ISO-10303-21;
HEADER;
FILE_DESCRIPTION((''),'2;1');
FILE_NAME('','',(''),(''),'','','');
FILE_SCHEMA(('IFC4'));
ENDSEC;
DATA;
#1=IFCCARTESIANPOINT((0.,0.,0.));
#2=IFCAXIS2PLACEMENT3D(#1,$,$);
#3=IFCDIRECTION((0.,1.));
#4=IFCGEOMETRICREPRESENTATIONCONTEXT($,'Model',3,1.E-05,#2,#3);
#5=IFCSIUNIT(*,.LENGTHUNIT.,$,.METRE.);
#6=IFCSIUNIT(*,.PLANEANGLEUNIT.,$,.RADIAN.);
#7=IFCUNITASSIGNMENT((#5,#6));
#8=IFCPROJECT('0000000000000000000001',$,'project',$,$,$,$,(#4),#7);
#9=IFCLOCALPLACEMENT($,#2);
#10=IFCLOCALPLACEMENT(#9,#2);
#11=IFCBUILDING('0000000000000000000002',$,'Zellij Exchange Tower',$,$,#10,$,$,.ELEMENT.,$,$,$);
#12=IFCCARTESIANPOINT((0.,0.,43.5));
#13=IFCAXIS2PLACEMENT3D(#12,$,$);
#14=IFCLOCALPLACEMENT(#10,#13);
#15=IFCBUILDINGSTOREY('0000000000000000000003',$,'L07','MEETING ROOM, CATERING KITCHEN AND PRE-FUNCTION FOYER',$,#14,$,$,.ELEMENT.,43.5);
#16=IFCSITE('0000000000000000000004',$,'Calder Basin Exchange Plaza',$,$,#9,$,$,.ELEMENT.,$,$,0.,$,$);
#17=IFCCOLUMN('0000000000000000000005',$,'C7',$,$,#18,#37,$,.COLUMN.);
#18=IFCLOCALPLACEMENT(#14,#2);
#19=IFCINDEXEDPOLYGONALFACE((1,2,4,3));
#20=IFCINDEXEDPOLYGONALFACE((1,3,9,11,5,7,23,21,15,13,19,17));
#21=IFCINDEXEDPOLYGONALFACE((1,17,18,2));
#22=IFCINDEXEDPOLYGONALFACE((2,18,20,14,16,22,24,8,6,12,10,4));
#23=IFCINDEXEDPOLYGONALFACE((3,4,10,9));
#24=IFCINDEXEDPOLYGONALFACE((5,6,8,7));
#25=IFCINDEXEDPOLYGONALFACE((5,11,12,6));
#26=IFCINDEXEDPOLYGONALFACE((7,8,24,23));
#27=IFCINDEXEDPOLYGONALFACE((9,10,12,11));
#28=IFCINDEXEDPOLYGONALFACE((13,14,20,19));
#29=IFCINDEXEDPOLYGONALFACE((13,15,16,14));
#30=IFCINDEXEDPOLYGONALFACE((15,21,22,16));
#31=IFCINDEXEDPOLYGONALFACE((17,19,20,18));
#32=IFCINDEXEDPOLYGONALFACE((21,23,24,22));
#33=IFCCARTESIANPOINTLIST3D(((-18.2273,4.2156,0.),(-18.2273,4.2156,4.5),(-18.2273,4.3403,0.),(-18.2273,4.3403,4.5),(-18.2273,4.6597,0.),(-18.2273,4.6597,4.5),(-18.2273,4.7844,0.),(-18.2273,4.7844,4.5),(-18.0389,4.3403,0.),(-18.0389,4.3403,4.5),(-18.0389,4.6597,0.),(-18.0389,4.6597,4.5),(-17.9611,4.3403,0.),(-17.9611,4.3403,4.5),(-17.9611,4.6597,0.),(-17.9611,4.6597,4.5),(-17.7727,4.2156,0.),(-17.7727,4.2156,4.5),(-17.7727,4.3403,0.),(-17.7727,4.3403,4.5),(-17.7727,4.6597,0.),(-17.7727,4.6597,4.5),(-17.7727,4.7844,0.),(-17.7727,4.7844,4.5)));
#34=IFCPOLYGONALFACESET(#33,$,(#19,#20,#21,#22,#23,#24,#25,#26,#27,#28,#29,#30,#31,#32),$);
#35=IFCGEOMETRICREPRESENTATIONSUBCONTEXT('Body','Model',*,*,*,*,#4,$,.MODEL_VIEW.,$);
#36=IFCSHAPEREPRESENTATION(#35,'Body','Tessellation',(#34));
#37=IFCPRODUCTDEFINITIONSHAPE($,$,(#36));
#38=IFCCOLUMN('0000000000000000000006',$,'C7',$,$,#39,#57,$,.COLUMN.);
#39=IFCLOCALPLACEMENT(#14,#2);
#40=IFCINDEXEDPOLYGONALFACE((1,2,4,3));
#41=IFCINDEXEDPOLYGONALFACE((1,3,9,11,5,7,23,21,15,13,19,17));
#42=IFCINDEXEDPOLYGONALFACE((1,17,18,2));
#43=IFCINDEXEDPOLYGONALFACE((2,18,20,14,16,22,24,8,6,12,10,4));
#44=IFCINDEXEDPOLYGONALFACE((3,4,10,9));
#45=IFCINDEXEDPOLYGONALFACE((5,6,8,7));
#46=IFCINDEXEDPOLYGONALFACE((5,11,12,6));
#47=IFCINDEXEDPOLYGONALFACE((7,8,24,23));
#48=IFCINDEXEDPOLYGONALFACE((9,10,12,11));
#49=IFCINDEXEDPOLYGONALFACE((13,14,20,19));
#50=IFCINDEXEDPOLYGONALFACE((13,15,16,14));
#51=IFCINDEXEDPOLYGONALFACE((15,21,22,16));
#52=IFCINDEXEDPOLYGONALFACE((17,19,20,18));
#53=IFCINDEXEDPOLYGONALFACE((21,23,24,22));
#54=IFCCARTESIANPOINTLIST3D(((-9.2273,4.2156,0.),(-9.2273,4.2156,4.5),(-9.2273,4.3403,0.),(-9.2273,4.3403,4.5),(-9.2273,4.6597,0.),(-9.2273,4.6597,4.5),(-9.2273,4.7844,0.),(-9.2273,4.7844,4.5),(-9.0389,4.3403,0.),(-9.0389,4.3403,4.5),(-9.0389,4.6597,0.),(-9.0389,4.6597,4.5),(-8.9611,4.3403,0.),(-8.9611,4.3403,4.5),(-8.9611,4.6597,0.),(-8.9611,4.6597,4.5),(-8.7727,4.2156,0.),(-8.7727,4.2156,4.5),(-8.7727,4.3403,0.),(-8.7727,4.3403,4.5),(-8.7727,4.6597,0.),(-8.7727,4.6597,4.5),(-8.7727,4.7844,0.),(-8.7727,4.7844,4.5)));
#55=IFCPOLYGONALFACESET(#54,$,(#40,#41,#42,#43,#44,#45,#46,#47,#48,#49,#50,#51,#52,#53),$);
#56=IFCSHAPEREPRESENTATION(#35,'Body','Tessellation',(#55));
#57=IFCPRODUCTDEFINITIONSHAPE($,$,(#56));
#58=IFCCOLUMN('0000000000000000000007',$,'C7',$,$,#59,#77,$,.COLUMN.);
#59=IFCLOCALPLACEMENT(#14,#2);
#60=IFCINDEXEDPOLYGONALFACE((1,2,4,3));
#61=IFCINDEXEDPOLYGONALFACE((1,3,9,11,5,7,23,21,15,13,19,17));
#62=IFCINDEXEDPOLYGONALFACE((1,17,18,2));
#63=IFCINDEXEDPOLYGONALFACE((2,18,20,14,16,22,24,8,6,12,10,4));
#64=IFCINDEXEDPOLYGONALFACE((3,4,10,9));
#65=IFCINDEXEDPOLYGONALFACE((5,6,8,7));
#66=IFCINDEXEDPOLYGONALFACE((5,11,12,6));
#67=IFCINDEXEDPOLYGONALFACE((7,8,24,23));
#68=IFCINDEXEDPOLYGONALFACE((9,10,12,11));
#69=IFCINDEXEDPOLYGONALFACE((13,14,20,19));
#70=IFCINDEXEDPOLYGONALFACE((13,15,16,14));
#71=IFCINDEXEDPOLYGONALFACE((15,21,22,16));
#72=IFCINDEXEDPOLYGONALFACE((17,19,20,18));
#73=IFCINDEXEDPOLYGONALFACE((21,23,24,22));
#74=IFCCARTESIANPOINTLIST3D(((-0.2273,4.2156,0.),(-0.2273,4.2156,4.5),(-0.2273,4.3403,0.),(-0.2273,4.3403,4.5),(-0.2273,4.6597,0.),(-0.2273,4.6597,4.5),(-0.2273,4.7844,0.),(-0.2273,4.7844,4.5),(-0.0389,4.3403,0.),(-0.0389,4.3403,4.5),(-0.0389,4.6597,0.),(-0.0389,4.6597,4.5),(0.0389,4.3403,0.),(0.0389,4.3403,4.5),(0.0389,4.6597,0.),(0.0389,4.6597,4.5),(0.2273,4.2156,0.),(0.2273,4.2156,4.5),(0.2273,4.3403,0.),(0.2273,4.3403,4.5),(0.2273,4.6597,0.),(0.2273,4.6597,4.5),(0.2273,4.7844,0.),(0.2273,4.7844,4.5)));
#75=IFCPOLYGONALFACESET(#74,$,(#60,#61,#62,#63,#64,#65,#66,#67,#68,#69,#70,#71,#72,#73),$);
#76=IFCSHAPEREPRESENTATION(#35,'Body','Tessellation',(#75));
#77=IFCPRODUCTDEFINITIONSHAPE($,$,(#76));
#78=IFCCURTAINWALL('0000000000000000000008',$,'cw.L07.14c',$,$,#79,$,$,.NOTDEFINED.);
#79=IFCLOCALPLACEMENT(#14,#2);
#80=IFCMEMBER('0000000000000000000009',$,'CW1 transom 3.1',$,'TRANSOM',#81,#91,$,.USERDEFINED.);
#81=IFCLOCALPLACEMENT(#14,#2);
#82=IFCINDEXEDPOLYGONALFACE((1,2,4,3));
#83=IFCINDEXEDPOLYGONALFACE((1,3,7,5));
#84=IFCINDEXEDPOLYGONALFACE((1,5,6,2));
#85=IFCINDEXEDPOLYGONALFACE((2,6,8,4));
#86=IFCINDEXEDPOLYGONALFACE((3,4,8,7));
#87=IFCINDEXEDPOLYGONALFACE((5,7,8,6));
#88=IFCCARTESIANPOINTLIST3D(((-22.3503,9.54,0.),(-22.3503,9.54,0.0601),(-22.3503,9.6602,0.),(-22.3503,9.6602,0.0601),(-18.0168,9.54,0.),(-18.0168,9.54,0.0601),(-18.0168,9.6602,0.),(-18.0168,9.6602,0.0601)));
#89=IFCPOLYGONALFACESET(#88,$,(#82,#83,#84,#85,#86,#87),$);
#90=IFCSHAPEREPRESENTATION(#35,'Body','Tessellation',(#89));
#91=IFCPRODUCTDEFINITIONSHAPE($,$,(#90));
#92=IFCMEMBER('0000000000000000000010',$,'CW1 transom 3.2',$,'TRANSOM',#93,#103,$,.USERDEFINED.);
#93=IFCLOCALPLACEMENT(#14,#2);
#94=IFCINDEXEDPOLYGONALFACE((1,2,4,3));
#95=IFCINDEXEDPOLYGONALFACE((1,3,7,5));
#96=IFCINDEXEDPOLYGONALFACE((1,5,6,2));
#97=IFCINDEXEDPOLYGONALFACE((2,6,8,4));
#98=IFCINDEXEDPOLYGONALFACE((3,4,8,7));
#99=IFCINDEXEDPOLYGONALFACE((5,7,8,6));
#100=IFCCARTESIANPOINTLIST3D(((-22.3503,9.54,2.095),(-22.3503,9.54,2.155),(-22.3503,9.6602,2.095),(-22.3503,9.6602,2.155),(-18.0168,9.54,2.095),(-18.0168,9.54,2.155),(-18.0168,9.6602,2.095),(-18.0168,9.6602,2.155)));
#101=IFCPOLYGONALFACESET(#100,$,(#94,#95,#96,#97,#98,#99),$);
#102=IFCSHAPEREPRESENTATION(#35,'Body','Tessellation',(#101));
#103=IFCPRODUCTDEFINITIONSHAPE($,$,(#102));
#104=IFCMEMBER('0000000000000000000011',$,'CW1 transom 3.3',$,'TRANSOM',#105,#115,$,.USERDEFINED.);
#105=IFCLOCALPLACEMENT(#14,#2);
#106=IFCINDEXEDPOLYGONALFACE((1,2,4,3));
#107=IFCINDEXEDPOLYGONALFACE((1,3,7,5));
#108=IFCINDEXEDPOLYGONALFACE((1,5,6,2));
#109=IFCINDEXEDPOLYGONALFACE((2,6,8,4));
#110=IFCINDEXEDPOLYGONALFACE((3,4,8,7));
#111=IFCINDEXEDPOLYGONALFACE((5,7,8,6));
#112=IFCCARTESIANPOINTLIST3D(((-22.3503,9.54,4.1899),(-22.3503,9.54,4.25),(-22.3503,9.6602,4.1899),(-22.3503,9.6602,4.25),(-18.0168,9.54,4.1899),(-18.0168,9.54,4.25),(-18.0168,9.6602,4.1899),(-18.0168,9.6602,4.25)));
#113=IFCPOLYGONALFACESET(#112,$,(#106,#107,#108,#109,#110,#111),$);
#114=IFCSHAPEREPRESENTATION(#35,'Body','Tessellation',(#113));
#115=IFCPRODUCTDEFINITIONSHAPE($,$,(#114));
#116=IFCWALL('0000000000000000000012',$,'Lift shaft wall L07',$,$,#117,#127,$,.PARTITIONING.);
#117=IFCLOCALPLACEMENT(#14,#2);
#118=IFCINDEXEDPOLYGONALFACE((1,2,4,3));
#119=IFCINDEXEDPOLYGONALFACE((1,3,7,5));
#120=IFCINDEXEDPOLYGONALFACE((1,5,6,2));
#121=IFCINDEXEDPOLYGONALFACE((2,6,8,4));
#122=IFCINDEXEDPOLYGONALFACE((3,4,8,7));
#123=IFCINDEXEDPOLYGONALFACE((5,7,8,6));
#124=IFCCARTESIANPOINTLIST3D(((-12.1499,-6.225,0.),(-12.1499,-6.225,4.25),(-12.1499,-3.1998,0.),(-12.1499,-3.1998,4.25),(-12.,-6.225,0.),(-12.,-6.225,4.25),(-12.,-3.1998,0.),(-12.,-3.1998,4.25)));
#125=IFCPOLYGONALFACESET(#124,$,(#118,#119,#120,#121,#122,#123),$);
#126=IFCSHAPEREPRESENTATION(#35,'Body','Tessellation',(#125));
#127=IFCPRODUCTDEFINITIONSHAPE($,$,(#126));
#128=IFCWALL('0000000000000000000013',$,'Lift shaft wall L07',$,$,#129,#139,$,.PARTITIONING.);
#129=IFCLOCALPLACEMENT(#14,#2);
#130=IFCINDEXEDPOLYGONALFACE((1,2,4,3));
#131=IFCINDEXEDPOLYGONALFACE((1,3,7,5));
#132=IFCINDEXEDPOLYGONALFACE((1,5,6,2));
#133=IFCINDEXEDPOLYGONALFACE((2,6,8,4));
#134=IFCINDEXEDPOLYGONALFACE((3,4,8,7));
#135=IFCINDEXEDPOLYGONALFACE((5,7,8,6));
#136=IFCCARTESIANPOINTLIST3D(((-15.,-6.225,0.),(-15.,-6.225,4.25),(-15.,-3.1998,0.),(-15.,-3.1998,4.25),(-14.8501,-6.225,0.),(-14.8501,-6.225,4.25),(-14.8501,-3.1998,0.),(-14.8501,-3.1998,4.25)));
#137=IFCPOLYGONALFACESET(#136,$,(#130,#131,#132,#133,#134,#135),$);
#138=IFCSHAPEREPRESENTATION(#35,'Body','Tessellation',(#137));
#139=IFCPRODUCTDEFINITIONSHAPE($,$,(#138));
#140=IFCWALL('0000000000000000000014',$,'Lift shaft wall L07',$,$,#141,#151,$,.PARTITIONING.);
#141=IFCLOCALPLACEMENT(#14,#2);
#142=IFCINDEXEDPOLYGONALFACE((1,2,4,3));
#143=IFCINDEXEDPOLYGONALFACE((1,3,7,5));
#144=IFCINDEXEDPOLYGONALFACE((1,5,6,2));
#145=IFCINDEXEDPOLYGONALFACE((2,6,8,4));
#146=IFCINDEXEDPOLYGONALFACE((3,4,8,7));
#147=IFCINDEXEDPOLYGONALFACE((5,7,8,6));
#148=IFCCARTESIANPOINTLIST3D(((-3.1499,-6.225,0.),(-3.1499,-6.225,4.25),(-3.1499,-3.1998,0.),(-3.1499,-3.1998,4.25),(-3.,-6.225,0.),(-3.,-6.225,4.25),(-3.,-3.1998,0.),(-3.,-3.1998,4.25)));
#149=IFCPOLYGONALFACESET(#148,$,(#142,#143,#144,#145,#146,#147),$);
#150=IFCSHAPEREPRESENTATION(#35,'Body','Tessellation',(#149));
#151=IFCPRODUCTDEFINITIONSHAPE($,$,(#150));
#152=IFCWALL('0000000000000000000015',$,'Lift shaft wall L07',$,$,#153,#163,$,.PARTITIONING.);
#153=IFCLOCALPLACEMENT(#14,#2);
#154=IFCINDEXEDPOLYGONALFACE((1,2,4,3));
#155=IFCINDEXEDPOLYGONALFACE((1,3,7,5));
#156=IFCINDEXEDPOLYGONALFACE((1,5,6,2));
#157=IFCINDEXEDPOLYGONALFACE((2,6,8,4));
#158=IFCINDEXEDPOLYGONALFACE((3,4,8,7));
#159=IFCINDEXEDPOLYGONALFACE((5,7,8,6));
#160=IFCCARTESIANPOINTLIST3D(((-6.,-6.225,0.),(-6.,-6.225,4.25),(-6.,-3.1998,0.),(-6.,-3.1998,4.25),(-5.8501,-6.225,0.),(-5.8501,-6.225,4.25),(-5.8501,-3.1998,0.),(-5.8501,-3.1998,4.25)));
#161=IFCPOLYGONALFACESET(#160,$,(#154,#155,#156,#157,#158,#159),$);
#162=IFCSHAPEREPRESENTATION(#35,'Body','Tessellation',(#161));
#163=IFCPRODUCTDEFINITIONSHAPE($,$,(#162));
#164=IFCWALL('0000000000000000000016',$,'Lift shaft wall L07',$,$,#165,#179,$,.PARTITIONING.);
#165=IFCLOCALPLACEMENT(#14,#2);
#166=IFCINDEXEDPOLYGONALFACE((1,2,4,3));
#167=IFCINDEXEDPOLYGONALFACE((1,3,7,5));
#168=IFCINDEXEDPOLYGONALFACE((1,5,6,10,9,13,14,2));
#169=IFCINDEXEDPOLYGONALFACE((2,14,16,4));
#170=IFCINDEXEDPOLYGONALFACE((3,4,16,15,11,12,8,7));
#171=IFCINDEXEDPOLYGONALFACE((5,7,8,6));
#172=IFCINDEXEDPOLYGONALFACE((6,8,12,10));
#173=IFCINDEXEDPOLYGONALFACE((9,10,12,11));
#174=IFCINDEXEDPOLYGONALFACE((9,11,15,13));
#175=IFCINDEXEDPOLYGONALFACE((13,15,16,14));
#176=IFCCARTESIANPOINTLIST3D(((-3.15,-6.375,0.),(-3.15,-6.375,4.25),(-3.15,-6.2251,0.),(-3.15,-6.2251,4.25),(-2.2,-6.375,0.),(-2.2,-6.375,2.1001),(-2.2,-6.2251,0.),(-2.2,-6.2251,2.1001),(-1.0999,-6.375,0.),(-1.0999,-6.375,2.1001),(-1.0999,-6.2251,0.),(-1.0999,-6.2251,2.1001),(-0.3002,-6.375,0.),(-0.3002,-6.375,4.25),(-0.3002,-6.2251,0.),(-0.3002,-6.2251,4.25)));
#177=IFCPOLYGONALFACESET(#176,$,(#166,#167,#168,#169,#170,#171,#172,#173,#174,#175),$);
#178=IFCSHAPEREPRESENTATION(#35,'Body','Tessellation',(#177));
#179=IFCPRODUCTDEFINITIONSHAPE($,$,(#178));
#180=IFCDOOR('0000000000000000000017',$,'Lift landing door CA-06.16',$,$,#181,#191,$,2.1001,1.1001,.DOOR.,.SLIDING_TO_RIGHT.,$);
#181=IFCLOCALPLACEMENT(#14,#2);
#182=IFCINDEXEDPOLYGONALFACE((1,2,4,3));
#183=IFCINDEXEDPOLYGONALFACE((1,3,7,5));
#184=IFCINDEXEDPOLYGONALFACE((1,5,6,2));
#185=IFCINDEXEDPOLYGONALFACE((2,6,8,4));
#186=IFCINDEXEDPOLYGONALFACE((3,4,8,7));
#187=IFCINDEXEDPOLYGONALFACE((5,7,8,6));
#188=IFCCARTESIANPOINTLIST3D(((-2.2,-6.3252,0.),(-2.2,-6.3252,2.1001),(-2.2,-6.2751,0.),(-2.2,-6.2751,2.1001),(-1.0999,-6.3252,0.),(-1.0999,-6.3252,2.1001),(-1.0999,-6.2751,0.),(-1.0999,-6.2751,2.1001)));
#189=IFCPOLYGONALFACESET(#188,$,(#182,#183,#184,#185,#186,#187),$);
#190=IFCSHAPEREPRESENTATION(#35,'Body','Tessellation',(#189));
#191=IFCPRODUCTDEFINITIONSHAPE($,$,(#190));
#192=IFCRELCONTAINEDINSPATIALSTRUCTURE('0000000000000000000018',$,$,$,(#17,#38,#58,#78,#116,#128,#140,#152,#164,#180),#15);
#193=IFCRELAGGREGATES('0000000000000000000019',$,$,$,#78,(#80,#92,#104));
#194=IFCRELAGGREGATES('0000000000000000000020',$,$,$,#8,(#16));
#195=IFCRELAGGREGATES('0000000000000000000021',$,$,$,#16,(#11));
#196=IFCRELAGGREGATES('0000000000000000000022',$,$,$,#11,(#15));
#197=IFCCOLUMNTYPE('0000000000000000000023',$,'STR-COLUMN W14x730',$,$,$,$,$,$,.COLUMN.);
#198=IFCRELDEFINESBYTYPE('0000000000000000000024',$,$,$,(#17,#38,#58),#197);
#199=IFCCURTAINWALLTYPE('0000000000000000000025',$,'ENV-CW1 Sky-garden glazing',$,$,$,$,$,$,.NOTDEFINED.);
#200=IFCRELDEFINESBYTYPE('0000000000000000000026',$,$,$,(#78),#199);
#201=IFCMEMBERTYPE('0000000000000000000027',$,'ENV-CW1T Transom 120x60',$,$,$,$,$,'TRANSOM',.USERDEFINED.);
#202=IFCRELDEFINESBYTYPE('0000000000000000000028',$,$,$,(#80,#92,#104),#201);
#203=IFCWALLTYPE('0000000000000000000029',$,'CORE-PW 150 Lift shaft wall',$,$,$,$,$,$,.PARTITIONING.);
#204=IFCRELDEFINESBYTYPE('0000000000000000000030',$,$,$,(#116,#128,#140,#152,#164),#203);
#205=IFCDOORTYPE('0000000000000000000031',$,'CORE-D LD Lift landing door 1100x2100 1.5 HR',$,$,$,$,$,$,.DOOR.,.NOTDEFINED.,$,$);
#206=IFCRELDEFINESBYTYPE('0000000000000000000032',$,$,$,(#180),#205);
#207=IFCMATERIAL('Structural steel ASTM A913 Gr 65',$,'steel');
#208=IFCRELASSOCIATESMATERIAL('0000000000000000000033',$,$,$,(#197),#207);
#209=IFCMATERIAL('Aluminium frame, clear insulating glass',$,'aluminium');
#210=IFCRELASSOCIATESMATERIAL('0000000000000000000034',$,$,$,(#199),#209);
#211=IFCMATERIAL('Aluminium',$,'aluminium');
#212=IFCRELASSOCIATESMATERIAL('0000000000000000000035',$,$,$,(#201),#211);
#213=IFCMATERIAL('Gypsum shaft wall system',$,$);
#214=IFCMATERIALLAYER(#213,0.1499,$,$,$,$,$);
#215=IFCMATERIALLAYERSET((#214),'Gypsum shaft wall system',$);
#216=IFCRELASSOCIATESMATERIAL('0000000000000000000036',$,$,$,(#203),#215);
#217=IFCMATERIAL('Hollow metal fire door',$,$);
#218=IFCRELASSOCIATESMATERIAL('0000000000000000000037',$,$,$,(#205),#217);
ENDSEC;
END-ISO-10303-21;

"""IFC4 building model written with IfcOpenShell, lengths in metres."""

from ifc_helpers import new_model, si_unit, direction, frame, frame_2d, origin, origin_2d, place, context, subcontext, project, spatial, rectangle, i_section, extrude, material, layer, layer_set, material_profile, profile_set, type_object, element, fill, aggregate, save


model = new_model("IFC4")

# Units and contexts
model_context = context("Model", 3, precision=1e-05, world=origin(), true_north=direction((0.0, 1.0)))
body_context = subcontext(model_context, "Body", "Model", "MODEL_VIEW")
ifc_project = project(units=[si_unit("LENGTHUNIT", "METRE"), si_unit("PLANEANGLEUNIT", "RADIAN")], contexts=[model_context])

# Site, building, storey
site_placement = place(None, origin())
site = spatial("IfcSite", under=ifc_project, at=site_placement, Name="Calder Basin Exchange Plaza", CompositionType="ELEMENT", RefElevation=0.0)
building_placement = place(site_placement, origin())
building = spatial("IfcBuilding", under=site, at=building_placement, Name="Zellij Exchange Tower", CompositionType="ELEMENT")
storey_placement = place(building_placement, frame((0.0, 0.0, 43.5)))
storey = spatial("IfcBuildingStorey", under=building, at=storey_placement, Name="L07", Description="MEETING ROOM, CATERING KITCHEN AND PRE-FUNCTION FOYER", CompositionType="ELEMENT", Elevation=43.5)

# Columns
ifc_material_1 = material(Name="Structural steel ASTM A913 Gr 65", Category="steel")
ifc_material_profile_1 = material_profile(ifc_material_1, i_section(OverallWidth=0.4546, OverallDepth=0.5688, WebThickness=0.0779, FlangeThickness=0.1248, at=origin_2d()), Name="W14x730")
ifc_profile_set_1 = profile_set([ifc_material_profile_1], Name="Structural steel ASTM A913 Gr 65")
column_type = type_object("IfcColumnType", Name="STR-COLUMN W14x730", PredefinedType="COLUMN", material=ifc_profile_set_1)
for number, where, z_axis, x_axis, name in (
    (1, (-18.0, 4.5, 0.0), (0.0, 0.0, 1.0), (1.0, 0.0, 0.0), "C7"),
    (2, (-9.0, 4.5, 0.0), (0.0, 0.0, 1.0), (1.0, 0.0, 0.0), "C7"),
    (3, (0.0, 4.5, 0.0), (0.0, 0.0, 1.0), (1.0, 0.0, 0.0), "C7"),
):
    element("IfcColumn", number, at=place(storey_placement, frame(where, z_axis=z_axis, x_axis=x_axis)), inside=storey, type_object=column_type, Name=name, PredefinedType="COLUMN", context=body_context, shape_type="SweptSolid", body=[
        extrude(i_section(OverallWidth=0.4546, OverallDepth=0.5688, WebThickness=0.0779, FlangeThickness=0.1248, at=origin_2d()), origin(), (0.0, 0.0, 1.0), 4.5),
    ])

# Curtain wall, members
ifc_material_2 = material(Name="Aluminium frame, clear insulating glass", Category="aluminium")
curtain_wall_type = type_object("IfcCurtainWallType", Name="ENV-CW1 Sky-garden glazing", PredefinedType="NOTDEFINED", material=ifc_material_2)
curtain_wall_placement = place(storey_placement, origin())
curtain_wall = element("IfcCurtainWall", 4, at=curtain_wall_placement, inside=storey, type_object=curtain_wall_type, Name="cw.L07.14c", PredefinedType="NOTDEFINED")
ifc_material_3 = material(Name="Aluminium", Category="aluminium")
ifc_material_profile_2 = material_profile(ifc_material_3, rectangle(XDim=0.1201, YDim=0.0601, at=origin_2d()), Name="AL 120x60")
ifc_profile_set_2 = profile_set([ifc_material_profile_2], Name="Aluminium")
member_type = type_object("IfcMemberType", Name="ENV-CW1T Transom 120x60", ElementType="TRANSOM", PredefinedType="USERDEFINED", material=ifc_profile_set_2)
member_1_placement = place(storey_placement, frame((-18.0168, 9.6001, 0.03), z_axis=(-1.0, 0.0, 0.0), x_axis=(0.0, -1.0, 0.0)))
member_1 = element("IfcMember", 5, at=member_1_placement, type_object=member_type, Name="CW1 transom 3.1", ObjectType="TRANSOM", PredefinedType="USERDEFINED", context=body_context, shape_type="SweptSolid", body=[
    extrude(rectangle(XDim=0.1201, YDim=0.0601, at=origin_2d()), origin(), (0.0, 0.0, 1.0), 4.3335),
])
member_2_placement = place(storey_placement, frame((-18.0168, 9.6001, 2.125), z_axis=(-1.0, 0.0, 0.0), x_axis=(0.0, -1.0, 0.0)))
member_2 = element("IfcMember", 6, at=member_2_placement, type_object=member_type, Name="CW1 transom 3.2", ObjectType="TRANSOM", PredefinedType="USERDEFINED", context=body_context, shape_type="SweptSolid", body=[
    extrude(rectangle(XDim=0.1201, YDim=0.0601, at=origin_2d()), origin(), (0.0, 0.0, 1.0), 4.3335),
])
member_3_placement = place(storey_placement, frame((-18.0168, 9.6001, 4.22), z_axis=(-1.0, 0.0, 0.0), x_axis=(0.0, -1.0, 0.0)))
member_3 = element("IfcMember", 7, at=member_3_placement, type_object=member_type, Name="CW1 transom 3.3", ObjectType="TRANSOM", PredefinedType="USERDEFINED", context=body_context, shape_type="SweptSolid", body=[
    extrude(rectangle(XDim=0.1201, YDim=0.0601, at=origin_2d()), origin(), (0.0, 0.0, 1.0), 4.3335),
])
aggregate(curtain_wall, [member_1, member_2, member_3])

# Walls
ifc_material_4 = material(Name="Gypsum shaft wall system")
ifc_layer_1 = layer(ifc_material_4, 0.1499)
ifc_layer_set_1 = layer_set([ifc_layer_1], Name="Gypsum shaft wall system")
wall_type_1 = type_object("IfcWallType", Name="CORE-PW 150 Lift shaft wall", PredefinedType="PARTITIONING", material=ifc_layer_set_1)
for number, where, z_axis, x_axis, name in (
    (8, (-12.075, -6.2251, 0.0), (0.0, 0.0, 1.0), (0.0, 1.0, 0.0), "Lift shaft wall L07"),
    (9, (-14.925, -6.2251, 0.0), (0.0, 0.0, 1.0), (0.0, 1.0, 0.0), "Lift shaft wall L07"),
    (10, (-3.075, -6.2251, 0.0), (0.0, 0.0, 1.0), (0.0, 1.0, 0.0), "Lift shaft wall L07"),
    (11, (-5.925, -6.2251, 0.0), (0.0, 0.0, 1.0), (0.0, 1.0, 0.0), "Lift shaft wall L07"),
):
    element("IfcWall", number, at=place(storey_placement, frame(where, z_axis=z_axis, x_axis=x_axis)), inside=storey, type_object=wall_type_1, Name=name, PredefinedType="PARTITIONING", context=body_context, shape_type="SweptSolid", body=[
        extrude(rectangle(XDim=3.0251, YDim=0.1499, at=frame_2d((1.5127, 0.0))), origin(), (0.0, 0.0, 1.0), 4.25),
    ])

# Wall, opening, door
wall_1_placement = place(storey_placement, frame((-3.1499, -6.3, 0.0), z_axis=(0.0, 0.0, 1.0), x_axis=(1.0, 0.0, 0.0)))
wall_1 = element("IfcWall", 12, at=wall_1_placement, inside=storey, type_object=wall_type_1, Name="Lift shaft wall L07", PredefinedType="PARTITIONING", context=body_context, shape_type="SweptSolid", body=[
    extrude(rectangle(XDim=2.8499, YDim=0.1499, at=frame_2d((1.4248, 0.0))), origin(), (0.0, 0.0, 1.0), 4.25),
])
opening_1_placement = place(wall_1_placement, frame((0.95, 0.0, 0.0)))
opening_1 = element("IfcOpeningElement", 13, at=opening_1_placement, cuts=wall_1, PredefinedType="OPENING", context=body_context, shape_type="SweptSolid", body=[
    extrude(rectangle(XDim=1.1001, YDim=2.1001, at=frame_2d((0.55, 1.05))), frame((0.0, 0.0869, 0.0), z_axis=(0.0, -1.0, 0.0), x_axis=(1.0, 0.0, 0.0)), (0.0, 0.0, 1.0), 0.1738),
])
ifc_material_5 = material(Name="Hollow metal fire door")
door_type_1 = type_object("IfcDoorType", Name="CORE-D LD Lift landing door 1100x2100 1.5 HR", OperationType="NOTDEFINED", PredefinedType="DOOR", material=ifc_material_5)
door_1_placement = place(opening_1_placement, origin())
door_1 = element("IfcDoor", 14, at=door_1_placement, inside=storey, type_object=door_type_1, Name="Lift landing door CA-06.16", OperationType="SLIDING_TO_RIGHT", OverallHeight=2.1001, OverallWidth=1.1001, PredefinedType="DOOR", context=body_context, shape_type="SweptSolid", body=[
    extrude(rectangle(XDim=1.1001, YDim=2.1001, at=frame_2d((0.55, 1.05))), frame((0.0, 0.0249, 0.0), z_axis=(0.0, -1.0, 0.0), x_axis=(1.0, 0.0, 0.0)), (0.0, 0.0, 1.0), 0.05),
])
fill(opening_1, door_1)

save(model, "model.ifc")
